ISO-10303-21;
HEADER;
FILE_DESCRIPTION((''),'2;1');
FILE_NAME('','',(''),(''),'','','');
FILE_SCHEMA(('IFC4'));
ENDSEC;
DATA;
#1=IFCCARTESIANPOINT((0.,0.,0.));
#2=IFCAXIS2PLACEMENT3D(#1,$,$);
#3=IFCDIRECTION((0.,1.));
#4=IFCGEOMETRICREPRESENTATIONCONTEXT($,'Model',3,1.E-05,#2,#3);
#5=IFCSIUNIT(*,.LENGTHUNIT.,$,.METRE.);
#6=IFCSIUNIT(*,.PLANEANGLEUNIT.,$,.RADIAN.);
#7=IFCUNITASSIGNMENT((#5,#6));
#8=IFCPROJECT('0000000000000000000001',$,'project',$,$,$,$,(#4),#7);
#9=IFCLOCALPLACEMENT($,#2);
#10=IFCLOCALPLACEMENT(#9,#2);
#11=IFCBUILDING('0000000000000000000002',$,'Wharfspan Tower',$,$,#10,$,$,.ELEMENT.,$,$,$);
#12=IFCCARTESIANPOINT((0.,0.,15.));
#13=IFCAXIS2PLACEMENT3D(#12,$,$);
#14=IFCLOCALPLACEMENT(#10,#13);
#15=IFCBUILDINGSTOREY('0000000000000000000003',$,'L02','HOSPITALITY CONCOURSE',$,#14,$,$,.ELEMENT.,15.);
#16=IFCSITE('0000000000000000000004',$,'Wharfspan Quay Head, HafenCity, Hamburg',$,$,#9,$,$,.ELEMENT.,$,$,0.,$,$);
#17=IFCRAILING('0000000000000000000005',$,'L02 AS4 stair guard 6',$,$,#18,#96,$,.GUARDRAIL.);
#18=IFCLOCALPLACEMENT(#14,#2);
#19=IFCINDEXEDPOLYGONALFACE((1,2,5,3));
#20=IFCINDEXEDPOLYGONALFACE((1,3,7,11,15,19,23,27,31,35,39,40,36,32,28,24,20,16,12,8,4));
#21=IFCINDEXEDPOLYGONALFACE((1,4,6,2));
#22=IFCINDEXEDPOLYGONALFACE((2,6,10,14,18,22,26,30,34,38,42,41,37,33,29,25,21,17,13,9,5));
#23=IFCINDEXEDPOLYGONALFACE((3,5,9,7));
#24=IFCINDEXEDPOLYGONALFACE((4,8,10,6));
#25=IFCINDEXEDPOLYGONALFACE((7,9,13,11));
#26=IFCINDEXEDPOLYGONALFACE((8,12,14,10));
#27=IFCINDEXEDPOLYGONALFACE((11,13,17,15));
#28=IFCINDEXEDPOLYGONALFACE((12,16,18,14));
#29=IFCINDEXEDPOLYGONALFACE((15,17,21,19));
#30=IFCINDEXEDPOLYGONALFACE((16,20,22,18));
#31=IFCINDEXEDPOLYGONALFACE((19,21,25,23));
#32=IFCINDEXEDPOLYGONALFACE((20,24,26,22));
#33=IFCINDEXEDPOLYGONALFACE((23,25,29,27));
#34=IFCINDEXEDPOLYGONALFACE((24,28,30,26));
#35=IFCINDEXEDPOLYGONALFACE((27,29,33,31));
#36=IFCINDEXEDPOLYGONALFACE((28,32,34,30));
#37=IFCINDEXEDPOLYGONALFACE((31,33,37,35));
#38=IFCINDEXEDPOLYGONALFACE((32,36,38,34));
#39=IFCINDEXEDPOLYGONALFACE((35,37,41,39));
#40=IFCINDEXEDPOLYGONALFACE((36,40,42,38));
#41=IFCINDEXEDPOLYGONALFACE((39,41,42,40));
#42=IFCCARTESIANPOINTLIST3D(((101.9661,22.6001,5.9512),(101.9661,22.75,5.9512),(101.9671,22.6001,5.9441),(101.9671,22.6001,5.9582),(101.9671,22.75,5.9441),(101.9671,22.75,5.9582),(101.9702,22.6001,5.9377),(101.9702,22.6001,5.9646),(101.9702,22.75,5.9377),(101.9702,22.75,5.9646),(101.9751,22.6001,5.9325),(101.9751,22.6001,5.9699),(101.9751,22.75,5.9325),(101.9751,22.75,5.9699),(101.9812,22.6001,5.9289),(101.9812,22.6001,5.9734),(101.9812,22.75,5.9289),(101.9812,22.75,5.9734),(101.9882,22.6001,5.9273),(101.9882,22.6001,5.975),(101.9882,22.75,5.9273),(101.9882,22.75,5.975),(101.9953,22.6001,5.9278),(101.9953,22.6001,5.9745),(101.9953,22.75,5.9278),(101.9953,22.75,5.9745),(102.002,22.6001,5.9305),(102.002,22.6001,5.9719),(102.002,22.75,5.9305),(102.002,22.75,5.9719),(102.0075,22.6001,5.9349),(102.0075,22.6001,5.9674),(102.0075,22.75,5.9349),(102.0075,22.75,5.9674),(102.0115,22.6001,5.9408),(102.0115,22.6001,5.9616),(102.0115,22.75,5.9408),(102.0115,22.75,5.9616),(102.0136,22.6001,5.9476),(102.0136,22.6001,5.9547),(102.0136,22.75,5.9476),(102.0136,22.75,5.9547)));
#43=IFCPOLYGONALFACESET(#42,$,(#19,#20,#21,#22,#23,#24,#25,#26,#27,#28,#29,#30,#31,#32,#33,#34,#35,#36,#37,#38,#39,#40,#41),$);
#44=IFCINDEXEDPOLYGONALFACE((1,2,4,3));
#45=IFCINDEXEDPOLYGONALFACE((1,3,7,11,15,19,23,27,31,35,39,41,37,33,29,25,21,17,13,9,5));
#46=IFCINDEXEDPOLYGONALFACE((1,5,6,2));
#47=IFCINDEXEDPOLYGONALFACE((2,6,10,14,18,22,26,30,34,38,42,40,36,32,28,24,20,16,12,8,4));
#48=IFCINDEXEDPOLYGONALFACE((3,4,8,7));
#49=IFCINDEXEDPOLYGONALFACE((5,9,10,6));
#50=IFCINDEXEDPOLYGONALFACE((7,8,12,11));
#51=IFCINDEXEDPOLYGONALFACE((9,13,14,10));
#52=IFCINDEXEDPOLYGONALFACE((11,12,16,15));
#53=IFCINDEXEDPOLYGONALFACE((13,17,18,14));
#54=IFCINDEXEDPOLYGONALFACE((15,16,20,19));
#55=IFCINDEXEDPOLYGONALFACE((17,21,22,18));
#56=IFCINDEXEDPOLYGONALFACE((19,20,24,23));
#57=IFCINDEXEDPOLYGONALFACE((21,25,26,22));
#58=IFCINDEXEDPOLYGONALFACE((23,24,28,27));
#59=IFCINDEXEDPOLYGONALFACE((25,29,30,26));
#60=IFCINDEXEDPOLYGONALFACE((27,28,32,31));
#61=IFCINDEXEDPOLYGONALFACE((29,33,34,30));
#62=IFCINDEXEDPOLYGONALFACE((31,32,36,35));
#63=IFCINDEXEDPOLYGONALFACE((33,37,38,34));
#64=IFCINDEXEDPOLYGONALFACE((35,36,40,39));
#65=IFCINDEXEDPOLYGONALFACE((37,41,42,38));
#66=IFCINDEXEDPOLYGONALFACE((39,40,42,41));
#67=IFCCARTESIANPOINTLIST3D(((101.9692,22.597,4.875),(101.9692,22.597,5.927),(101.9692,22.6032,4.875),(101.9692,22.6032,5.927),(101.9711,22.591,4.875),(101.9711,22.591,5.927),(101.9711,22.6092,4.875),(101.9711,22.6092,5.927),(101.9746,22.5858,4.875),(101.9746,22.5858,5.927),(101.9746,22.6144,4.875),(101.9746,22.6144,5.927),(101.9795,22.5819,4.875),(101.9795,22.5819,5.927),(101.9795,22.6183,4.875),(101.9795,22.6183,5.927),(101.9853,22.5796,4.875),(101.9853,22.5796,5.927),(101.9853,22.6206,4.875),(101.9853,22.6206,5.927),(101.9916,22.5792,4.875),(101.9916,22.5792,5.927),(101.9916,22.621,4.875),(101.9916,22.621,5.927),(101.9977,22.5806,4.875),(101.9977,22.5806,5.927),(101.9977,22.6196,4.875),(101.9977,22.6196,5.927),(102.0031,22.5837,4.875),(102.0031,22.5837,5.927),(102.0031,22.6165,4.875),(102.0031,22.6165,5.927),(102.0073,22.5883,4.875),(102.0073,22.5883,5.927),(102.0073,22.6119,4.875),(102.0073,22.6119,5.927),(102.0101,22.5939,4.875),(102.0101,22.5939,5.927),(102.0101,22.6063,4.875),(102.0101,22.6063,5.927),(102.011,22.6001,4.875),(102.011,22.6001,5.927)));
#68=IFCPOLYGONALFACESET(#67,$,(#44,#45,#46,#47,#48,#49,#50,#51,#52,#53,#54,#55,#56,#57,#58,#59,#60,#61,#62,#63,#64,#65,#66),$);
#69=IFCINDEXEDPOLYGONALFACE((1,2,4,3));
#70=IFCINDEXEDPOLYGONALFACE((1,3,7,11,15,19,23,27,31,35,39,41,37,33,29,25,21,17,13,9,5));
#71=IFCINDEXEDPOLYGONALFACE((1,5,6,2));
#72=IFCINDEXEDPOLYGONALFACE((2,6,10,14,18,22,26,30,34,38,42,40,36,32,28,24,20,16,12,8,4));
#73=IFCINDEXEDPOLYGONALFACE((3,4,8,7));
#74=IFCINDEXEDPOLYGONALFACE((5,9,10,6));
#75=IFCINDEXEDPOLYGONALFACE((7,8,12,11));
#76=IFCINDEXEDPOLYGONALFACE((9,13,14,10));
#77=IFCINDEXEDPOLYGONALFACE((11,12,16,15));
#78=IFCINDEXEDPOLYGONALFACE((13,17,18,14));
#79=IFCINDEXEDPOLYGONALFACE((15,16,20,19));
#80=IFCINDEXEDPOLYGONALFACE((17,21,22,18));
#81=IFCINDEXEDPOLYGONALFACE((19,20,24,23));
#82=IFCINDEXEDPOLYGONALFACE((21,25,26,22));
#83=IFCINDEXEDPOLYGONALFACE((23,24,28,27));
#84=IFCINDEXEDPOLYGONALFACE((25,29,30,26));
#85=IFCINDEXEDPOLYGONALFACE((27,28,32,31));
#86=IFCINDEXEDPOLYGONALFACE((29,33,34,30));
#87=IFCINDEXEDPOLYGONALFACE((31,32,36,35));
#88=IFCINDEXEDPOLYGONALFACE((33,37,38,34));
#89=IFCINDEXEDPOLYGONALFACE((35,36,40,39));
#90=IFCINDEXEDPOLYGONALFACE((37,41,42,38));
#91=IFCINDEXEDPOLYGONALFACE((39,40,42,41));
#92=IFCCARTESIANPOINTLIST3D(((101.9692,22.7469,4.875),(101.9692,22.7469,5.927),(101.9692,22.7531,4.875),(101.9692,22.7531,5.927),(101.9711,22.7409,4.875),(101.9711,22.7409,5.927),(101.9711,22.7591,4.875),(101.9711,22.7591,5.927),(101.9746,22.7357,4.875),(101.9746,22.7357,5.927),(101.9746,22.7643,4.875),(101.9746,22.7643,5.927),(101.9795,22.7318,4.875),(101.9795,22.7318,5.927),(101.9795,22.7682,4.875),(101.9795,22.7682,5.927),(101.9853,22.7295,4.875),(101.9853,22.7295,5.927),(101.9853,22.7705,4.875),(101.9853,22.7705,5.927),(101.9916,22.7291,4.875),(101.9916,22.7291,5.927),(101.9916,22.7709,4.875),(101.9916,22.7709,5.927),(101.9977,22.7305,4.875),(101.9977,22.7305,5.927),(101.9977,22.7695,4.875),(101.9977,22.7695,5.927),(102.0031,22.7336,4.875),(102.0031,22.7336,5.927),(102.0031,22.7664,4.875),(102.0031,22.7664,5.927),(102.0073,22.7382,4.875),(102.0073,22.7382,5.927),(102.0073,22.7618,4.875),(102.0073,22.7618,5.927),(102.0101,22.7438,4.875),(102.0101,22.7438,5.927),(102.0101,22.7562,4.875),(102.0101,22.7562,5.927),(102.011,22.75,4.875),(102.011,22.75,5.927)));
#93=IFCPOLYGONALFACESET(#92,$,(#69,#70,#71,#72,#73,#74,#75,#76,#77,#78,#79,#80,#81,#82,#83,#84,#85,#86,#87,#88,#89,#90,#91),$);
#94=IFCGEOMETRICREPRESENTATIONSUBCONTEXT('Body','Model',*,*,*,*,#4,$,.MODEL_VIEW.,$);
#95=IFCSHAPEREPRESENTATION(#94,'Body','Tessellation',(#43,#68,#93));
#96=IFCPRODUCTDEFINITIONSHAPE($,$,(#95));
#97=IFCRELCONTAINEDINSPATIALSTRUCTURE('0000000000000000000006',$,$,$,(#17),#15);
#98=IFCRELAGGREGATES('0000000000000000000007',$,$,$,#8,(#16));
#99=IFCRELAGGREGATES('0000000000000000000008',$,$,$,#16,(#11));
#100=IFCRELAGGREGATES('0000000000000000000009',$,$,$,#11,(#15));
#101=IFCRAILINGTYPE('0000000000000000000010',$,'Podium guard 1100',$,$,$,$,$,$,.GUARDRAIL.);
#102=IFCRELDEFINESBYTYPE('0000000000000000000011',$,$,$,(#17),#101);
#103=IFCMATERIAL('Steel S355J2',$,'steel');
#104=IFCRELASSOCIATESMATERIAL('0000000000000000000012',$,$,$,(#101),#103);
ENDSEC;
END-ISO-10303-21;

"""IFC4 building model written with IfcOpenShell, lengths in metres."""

from ifc_helpers import new_model, si_unit, direction, frame, origin, origin_2d, place, context, subcontext, project, spatial, circle, extrude, material, type_object, element, save


model = new_model("IFC4")

# Units and contexts
model_context = context("Model", 3, precision=1e-05, world=origin(), true_north=direction((0.0, 1.0)))
body_context = subcontext(model_context, "Body", "Model", "MODEL_VIEW")
ifc_project = project(units=[si_unit("LENGTHUNIT", "METRE"), si_unit("PLANEANGLEUNIT", "RADIAN")], contexts=[model_context])

# Site, building, storey
site_placement = place(None, origin())
site = spatial("IfcSite", under=ifc_project, at=site_placement, Name="Wharfspan Quay Head, HafenCity, Hamburg", CompositionType="ELEMENT", RefElevation=0.0)
building_placement = place(site_placement, origin())
building = spatial("IfcBuilding", under=site, at=building_placement, Name="Wharfspan Tower", CompositionType="ELEMENT")
storey_placement = place(building_placement, frame((0.0, 0.0, 15.0)))
storey = spatial("IfcBuildingStorey", under=building, at=storey_placement, Name="L02", Description="HOSPITALITY CONCOURSE", CompositionType="ELEMENT", Elevation=15.0)

# Railing
ifc_material_1 = material(Name="Steel S355J2", Category="steel")
railing_type_1 = type_object("IfcRailingType", Name="Podium guard 1100", PredefinedType="GUARDRAIL", material=ifc_material_1)
railing_1_placement = place(storey_placement, frame((101.99, 22.6001, 4.875)))
element("IfcRailing", 1, at=railing_1_placement, inside=storey, type_object=railing_type_1, Name="L02 AS4 stair guard 6", PredefinedType="GUARDRAIL", context=body_context, shape_type="SweptSolid", body=[
    extrude(circle(Radius=0.0239, at=origin_2d()), frame((0.0, 0.0, 1.0762), z_axis=(0.0, 1.0, 0.0), x_axis=(-1.0, 0.0, 0.0)), (0.0, 0.0, 1.0), 0.1499),
    extrude(circle(Radius=0.021, at=origin_2d()), origin(), (0.0, 0.0, 1.0), 1.052),
    extrude(circle(Radius=0.021, at=origin_2d()), frame((0.0, 0.1499, 0.0)), (0.0, 0.0, 1.0), 1.052),
])

save(model, "model.ifc")
